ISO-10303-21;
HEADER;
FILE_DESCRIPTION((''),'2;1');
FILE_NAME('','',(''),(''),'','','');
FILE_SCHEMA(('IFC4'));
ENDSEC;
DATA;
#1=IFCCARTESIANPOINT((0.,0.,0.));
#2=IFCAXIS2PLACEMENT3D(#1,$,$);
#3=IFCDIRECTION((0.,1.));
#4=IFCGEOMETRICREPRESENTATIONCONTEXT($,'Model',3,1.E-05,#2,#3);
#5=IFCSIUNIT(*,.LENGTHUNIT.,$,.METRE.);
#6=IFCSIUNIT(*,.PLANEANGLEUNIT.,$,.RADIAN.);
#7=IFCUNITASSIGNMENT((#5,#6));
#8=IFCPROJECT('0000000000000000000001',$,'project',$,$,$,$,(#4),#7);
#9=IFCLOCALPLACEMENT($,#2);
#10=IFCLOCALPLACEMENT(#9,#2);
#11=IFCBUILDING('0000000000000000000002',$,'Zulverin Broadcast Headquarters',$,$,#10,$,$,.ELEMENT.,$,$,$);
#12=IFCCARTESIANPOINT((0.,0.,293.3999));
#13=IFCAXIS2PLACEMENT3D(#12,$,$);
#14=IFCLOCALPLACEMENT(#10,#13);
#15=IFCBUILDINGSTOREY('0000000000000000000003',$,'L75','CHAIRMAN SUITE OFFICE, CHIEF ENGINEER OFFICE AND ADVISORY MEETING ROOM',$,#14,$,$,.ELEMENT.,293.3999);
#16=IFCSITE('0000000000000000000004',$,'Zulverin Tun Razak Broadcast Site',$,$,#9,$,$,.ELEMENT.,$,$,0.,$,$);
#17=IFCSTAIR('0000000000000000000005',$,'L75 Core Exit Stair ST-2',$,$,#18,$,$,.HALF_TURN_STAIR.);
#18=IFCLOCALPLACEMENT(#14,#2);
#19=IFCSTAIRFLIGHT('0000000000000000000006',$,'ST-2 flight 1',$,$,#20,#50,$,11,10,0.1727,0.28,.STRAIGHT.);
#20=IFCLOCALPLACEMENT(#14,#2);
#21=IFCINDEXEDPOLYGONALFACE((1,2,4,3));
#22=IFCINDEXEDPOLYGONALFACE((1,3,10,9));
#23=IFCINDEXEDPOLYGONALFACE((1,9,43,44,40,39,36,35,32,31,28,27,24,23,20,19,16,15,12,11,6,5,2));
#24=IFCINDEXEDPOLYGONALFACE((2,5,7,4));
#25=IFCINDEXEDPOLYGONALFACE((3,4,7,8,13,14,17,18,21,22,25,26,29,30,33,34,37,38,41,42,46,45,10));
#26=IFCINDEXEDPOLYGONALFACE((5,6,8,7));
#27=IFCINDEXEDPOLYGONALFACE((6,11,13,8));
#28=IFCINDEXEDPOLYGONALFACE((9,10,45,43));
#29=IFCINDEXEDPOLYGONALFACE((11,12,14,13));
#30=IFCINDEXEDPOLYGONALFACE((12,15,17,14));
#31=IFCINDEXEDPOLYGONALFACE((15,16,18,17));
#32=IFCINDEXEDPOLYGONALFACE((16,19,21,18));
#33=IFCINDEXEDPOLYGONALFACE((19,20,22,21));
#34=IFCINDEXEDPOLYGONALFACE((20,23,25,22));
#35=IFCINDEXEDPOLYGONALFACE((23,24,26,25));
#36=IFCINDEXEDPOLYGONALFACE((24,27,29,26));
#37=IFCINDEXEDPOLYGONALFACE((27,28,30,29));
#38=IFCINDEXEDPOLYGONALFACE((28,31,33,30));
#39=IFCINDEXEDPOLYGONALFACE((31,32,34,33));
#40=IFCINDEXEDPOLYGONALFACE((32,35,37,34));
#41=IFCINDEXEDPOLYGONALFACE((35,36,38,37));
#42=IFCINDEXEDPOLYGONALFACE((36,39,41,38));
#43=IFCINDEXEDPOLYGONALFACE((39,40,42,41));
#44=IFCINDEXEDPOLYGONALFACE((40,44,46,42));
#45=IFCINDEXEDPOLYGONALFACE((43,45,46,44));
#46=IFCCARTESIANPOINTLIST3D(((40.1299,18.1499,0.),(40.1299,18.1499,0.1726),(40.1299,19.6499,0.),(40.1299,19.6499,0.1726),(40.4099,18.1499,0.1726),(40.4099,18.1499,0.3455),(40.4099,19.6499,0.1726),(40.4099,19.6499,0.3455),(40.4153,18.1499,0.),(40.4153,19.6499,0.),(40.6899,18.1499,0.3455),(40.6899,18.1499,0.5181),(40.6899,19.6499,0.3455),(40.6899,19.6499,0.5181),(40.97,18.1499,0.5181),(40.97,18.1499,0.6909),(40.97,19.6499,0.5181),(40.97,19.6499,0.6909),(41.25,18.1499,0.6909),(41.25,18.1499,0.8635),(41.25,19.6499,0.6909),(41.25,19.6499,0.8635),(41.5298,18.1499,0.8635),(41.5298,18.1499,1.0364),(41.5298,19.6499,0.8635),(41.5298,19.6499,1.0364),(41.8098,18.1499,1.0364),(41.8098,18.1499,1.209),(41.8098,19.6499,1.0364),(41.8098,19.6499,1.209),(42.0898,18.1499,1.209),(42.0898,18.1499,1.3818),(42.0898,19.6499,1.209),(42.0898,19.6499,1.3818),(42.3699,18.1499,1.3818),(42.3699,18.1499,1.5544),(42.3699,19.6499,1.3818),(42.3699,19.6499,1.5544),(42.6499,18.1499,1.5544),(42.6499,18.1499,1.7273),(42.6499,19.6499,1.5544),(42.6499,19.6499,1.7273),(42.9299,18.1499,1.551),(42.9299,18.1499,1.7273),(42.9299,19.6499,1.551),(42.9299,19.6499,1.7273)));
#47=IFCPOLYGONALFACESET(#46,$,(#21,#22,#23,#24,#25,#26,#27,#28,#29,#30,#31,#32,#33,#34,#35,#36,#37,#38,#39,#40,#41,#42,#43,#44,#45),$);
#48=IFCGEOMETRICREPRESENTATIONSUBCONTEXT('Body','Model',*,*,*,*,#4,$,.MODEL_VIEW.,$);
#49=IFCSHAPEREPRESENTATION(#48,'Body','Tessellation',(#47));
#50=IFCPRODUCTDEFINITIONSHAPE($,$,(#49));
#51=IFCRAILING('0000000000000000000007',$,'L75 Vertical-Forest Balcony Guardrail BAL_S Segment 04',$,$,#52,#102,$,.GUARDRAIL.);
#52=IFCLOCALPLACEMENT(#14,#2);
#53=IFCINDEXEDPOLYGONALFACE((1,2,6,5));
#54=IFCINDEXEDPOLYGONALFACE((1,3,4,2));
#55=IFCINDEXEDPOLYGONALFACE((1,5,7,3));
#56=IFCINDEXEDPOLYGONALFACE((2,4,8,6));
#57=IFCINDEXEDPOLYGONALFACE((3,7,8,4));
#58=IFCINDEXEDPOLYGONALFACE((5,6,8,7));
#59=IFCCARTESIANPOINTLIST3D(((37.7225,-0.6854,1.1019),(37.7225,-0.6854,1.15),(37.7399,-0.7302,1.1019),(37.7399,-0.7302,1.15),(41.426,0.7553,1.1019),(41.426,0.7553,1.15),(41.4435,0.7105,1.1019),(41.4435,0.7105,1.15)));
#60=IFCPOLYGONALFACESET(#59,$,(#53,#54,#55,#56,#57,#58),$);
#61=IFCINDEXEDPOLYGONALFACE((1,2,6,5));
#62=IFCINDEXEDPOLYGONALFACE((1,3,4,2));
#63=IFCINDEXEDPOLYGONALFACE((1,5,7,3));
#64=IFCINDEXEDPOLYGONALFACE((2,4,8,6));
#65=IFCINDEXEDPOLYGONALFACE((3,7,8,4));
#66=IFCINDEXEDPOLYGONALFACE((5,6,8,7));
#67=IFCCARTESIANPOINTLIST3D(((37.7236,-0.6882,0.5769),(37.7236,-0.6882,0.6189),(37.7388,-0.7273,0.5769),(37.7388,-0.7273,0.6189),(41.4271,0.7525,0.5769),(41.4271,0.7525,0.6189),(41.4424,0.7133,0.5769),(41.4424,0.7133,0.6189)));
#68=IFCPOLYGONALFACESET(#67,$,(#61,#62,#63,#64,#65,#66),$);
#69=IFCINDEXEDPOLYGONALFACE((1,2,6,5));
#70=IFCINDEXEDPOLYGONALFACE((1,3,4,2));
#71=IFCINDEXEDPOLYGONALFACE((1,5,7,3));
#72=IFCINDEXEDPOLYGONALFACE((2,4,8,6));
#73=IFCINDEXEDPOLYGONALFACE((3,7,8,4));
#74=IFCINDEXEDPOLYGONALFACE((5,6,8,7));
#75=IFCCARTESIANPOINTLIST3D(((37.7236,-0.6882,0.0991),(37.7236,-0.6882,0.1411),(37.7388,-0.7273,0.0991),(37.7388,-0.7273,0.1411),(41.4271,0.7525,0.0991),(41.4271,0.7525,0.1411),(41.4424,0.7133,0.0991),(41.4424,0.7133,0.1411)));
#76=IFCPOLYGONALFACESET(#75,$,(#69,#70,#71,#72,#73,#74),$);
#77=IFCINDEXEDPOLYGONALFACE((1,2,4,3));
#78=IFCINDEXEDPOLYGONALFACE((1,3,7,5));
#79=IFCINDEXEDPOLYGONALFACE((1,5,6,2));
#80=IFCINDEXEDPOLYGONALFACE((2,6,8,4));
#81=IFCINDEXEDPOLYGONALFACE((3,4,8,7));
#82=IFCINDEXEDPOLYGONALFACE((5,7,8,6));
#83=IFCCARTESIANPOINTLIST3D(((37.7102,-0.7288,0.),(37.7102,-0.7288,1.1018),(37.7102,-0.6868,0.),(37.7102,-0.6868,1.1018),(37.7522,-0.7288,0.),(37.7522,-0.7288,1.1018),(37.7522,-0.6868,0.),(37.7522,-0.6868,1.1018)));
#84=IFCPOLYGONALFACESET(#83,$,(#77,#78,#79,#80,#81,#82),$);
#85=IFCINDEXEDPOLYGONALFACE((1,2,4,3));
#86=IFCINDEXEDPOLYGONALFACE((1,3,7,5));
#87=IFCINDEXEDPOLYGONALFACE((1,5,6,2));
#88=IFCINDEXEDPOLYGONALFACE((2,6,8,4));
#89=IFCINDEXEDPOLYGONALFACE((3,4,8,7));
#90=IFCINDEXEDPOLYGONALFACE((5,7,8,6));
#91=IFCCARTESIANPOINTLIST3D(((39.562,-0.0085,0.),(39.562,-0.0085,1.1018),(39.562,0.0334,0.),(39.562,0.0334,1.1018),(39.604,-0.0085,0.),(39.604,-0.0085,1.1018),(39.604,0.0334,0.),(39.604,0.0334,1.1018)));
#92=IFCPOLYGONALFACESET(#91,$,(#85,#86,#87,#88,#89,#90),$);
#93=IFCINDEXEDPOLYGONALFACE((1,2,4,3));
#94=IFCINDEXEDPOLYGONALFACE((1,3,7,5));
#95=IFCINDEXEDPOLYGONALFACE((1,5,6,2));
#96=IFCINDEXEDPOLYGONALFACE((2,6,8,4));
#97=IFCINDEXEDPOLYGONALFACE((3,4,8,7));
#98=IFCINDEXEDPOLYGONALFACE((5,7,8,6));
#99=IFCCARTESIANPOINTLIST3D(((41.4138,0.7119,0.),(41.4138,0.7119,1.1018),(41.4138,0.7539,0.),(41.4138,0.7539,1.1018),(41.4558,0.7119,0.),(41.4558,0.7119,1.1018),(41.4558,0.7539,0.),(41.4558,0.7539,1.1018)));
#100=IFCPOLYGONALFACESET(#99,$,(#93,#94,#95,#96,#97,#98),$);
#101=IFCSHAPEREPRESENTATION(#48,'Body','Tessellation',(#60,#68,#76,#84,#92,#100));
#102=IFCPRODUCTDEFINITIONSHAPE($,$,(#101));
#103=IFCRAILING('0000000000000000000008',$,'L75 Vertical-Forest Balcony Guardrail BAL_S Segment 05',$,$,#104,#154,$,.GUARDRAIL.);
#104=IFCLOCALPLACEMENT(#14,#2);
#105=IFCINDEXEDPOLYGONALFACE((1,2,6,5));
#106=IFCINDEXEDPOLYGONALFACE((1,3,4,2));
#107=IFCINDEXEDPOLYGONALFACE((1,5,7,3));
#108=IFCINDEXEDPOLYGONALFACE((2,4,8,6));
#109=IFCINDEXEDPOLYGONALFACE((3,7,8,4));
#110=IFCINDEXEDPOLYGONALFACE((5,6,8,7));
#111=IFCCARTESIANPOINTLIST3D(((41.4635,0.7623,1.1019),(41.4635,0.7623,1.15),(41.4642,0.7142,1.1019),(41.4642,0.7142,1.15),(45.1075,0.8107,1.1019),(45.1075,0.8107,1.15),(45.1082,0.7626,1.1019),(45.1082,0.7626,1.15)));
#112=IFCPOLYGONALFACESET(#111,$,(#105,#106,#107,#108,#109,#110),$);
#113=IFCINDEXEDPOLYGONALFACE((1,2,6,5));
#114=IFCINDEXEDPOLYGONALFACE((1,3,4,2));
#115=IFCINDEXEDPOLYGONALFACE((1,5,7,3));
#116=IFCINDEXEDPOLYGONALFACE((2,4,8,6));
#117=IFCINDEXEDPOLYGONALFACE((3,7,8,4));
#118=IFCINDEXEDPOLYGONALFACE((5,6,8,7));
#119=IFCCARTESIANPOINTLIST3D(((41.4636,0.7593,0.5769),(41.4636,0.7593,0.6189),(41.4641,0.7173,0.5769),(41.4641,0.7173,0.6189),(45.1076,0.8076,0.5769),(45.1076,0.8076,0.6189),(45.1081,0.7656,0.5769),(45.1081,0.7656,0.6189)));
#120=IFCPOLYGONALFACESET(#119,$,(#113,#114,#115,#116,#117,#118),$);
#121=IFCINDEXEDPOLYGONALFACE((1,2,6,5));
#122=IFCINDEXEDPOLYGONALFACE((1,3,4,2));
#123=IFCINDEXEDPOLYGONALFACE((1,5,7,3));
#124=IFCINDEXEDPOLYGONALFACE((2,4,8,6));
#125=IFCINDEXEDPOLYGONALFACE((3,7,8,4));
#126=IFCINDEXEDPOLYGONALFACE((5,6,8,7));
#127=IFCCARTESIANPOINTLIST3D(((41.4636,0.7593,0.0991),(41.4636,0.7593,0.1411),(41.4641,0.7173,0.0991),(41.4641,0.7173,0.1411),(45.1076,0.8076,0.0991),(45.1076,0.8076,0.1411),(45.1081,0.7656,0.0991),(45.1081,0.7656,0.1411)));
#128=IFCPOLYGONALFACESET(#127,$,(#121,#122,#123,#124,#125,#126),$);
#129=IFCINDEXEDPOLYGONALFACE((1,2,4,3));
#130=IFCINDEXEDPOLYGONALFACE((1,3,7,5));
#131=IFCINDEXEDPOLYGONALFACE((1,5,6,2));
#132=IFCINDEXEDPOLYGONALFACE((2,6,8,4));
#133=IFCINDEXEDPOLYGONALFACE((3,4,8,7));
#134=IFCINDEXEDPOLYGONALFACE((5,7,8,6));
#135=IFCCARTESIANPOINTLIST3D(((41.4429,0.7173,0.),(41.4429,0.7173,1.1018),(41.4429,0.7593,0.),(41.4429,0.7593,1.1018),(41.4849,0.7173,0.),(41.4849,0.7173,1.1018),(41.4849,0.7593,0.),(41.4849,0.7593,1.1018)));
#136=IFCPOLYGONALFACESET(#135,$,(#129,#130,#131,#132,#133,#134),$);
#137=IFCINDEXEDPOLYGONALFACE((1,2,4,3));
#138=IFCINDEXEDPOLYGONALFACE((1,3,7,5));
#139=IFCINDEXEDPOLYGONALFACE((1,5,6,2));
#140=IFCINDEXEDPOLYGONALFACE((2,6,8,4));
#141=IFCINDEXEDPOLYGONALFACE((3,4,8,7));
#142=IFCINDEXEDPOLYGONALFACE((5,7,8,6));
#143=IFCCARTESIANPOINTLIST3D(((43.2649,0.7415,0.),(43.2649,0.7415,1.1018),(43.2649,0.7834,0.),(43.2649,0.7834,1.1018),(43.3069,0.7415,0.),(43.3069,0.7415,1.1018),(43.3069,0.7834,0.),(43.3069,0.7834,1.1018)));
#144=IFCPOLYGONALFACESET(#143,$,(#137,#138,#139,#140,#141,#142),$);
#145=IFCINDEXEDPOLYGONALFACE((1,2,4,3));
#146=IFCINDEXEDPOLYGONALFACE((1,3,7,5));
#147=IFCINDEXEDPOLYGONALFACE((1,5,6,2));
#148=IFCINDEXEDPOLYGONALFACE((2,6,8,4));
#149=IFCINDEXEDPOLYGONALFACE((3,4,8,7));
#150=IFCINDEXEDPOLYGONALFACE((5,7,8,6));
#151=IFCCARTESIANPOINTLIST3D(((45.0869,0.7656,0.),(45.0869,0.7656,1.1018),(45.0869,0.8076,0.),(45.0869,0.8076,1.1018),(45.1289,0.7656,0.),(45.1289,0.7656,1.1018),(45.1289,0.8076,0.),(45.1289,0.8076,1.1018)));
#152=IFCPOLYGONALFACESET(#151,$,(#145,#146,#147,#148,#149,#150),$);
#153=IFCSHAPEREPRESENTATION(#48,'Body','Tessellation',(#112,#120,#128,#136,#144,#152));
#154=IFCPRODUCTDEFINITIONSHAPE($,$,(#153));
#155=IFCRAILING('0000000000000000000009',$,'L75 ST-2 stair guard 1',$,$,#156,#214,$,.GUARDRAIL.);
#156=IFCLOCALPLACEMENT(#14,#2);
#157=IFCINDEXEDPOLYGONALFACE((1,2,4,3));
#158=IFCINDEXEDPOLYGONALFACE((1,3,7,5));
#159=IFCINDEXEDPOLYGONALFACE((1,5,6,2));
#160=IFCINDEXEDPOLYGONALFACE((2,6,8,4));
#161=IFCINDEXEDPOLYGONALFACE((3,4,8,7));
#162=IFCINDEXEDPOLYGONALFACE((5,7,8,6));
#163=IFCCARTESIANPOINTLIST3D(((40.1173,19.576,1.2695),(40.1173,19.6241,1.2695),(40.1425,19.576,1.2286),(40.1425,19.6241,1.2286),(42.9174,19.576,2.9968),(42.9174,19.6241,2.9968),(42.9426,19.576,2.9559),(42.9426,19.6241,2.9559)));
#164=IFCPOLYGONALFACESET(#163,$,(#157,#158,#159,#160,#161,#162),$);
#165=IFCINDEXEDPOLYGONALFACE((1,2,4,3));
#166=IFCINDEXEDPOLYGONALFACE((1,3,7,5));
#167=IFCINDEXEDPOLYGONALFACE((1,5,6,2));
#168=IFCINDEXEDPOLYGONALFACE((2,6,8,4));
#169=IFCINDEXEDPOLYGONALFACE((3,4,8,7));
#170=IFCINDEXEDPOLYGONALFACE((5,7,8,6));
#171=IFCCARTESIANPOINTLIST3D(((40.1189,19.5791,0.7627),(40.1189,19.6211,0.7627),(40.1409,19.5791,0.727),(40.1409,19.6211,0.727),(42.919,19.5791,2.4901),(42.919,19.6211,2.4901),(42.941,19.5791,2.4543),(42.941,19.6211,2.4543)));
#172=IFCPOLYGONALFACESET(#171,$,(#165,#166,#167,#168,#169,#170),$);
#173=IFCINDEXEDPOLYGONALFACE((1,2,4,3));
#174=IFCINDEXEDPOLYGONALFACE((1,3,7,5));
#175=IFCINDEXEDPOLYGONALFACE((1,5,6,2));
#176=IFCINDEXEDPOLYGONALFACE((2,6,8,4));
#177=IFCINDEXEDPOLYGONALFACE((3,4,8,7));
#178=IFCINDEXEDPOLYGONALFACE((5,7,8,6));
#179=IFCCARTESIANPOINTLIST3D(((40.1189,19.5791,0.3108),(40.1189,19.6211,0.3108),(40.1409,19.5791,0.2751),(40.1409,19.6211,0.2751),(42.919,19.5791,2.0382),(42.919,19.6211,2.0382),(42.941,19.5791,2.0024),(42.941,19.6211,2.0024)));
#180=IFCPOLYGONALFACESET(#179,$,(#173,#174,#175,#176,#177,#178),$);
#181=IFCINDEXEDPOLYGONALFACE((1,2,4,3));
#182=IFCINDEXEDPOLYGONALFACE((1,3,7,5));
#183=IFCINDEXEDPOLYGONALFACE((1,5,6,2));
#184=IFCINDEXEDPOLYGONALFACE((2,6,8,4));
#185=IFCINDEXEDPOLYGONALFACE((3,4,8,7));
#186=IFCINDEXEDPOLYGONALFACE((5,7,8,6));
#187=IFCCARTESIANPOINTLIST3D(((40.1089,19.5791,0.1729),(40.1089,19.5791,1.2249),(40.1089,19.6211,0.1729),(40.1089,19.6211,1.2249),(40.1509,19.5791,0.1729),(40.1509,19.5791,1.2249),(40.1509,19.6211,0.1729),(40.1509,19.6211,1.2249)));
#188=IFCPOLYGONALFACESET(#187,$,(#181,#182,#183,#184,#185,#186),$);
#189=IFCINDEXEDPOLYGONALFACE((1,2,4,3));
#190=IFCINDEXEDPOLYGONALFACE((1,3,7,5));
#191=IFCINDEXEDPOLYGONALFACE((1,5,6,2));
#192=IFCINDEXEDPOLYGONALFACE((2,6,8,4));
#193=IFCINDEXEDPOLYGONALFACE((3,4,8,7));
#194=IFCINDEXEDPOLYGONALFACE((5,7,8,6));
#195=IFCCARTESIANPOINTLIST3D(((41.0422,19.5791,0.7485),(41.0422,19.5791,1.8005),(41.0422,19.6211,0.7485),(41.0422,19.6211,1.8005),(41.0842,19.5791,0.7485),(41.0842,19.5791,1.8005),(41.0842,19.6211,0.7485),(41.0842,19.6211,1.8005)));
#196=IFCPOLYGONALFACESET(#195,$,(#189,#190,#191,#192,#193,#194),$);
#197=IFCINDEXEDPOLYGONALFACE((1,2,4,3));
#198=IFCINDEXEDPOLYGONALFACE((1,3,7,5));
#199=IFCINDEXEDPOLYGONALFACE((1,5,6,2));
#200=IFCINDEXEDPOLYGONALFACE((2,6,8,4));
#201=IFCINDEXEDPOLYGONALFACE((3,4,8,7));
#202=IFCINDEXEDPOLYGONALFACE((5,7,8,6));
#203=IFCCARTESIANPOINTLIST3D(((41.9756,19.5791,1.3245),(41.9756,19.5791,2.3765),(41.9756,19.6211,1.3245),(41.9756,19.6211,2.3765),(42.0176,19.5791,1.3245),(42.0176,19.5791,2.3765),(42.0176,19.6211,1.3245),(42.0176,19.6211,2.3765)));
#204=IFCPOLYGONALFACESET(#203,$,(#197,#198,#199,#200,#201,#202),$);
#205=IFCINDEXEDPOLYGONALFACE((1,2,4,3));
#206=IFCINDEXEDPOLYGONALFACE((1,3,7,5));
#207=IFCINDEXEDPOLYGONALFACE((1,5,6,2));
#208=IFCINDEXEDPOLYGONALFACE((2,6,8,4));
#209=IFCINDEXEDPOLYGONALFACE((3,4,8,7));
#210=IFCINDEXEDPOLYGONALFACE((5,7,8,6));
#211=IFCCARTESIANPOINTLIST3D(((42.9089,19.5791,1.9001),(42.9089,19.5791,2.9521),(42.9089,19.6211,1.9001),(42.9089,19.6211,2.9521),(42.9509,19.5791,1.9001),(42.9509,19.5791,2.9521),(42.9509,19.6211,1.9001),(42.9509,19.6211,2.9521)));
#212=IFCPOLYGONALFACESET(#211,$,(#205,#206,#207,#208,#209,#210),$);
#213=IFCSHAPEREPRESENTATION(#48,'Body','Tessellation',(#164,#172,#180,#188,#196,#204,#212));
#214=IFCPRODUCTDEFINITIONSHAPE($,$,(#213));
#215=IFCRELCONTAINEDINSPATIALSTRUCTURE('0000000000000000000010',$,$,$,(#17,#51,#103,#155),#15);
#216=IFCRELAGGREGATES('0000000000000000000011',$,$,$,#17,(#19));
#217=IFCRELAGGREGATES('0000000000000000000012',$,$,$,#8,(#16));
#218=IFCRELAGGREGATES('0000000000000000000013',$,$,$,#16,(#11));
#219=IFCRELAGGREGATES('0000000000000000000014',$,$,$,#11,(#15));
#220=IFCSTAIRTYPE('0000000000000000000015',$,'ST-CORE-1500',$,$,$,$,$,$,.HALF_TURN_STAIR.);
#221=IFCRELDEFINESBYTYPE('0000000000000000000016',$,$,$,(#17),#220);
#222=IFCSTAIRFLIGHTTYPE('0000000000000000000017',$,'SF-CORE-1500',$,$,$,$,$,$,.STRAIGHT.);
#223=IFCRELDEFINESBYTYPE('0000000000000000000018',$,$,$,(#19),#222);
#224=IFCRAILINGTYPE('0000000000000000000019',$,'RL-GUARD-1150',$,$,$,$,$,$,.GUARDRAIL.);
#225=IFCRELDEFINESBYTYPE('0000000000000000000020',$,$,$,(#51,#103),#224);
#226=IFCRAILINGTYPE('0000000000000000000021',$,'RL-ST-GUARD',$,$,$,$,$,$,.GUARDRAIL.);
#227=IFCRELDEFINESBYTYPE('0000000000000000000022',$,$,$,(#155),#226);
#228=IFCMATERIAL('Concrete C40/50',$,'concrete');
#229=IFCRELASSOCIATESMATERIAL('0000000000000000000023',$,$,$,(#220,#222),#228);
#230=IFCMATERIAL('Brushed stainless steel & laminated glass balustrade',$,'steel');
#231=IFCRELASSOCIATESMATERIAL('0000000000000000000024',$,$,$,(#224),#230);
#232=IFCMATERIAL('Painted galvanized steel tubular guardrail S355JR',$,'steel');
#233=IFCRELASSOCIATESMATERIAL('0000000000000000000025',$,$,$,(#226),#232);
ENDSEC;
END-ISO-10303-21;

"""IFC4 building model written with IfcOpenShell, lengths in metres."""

from ifc_helpers import new_model, si_unit, direction, frame, origin, origin_2d, place, context, subcontext, project, spatial, polyline, rectangle, outline, extrude, material, type_object, element, aggregate, save


model = new_model("IFC4")

# Units and contexts
model_context = context("Model", 3, precision=1e-05, world=origin(), true_north=direction((0.0, 1.0)))
body_context = subcontext(model_context, "Body", "Model", "MODEL_VIEW")
ifc_project = project(units=[si_unit("LENGTHUNIT", "METRE"), si_unit("PLANEANGLEUNIT", "RADIAN")], contexts=[model_context])

# Site, building, storey
site_placement = place(None, origin())
site = spatial("IfcSite", under=ifc_project, at=site_placement, Name="Zulverin Tun Razak Broadcast Site", CompositionType="ELEMENT", RefElevation=0.0)
building_placement = place(site_placement, origin())
building = spatial("IfcBuilding", under=site, at=building_placement, Name="Zulverin Broadcast Headquarters", CompositionType="ELEMENT")
storey_placement = place(building_placement, frame((0.0, 0.0, 293.3999)))
storey = spatial("IfcBuildingStorey", under=building, at=storey_placement, Name="L75", Description="CHAIRMAN SUITE OFFICE, CHIEF ENGINEER OFFICE AND ADVISORY MEETING ROOM", CompositionType="ELEMENT", Elevation=293.3999)

# Shared definitions
ifc_material_1 = material(Name="Concrete C40/50", Category="concrete")

# Stair, stair flight
stair_type = type_object("IfcStairType", Name="ST-CORE-1500", PredefinedType="HALF_TURN_STAIR", material=ifc_material_1)
stair_placement = place(storey_placement, origin())
stair = element("IfcStair", 1, at=stair_placement, inside=storey, type_object=stair_type, Name="L75 Core Exit Stair ST-2", PredefinedType="HALF_TURN_STAIR")
stair_flight_type = type_object("IfcStairFlightType", Name="SF-CORE-1500", PredefinedType="STRAIGHT", material=ifc_material_1)
stair_flight_placement = place(storey_placement, frame((40.1299, 18.8999, 0.0), z_axis=(0.0, 0.0, 1.0), x_axis=(1.0, 0.0, 0.0)))
stair_flight = element("IfcStairFlight", 2, at=stair_flight_placement, type_object=stair_flight_type, Name="ST-2 flight 1", NumberOfRisers=11, NumberOfTreads=10, PredefinedType="STRAIGHT", RiserHeight=0.1727, TreadLength=0.28, context=body_context, shape_type="SweptSolid", body=[
    extrude(outline(polyline([(0.0, 0.0), (0.0, 0.1726), (0.28, 0.1726), (0.28, 0.3455), (0.5601, 0.3455), (0.5601, 0.5181), (0.8401, 0.5181), (0.8401, 0.6909), (1.1201, 0.6909), (1.1201, 0.8635), (1.3999, 0.8635), (1.3999, 1.0364), (1.6799, 1.0364), (1.6799, 1.209), (1.96, 1.209), (1.96, 1.3818), (2.24, 1.3818), (2.24, 1.5544), (2.52, 1.5544), (2.52, 1.7273), (2.8, 1.7273), (2.8, 1.8999), (2.8, 1.551), (0.2854, 0.0), (0.0, 0.0)])), frame((0.0, 0.75, 0.0), z_axis=(0.0, -1.0, 0.0), x_axis=(1.0, 0.0, 0.0)), (0.0, 0.0, 1.0), 1.5),
])
aggregate(stair, [stair_flight])

# Railings
ifc_material_2 = material(Name="Brushed stainless steel & laminated glass balustrade", Category="steel")
railing_type_1 = type_object("IfcRailingType", Name="RL-GUARD-1150", PredefinedType="GUARDRAIL", material=ifc_material_2)
railing_1_placement = place(storey_placement, frame((37.7312, -0.7078, 0.0)))
element("IfcRailing", 3, at=railing_1_placement, inside=storey, type_object=railing_type_1, Name="L75 Vertical-Forest Balcony Guardrail BAL_S Segment 04", PredefinedType="GUARDRAIL", context=body_context, shape_type="SweptSolid", body=[
    extrude(rectangle(XDim=0.0481, YDim=0.0481, at=origin_2d()), frame((0.0, 0.0, 1.126), z_axis=(0.931972, 0.362529, 0.0), x_axis=(-0.362529, 0.931972, 0.0)), (0.0, 0.0, 1.0), 3.9739),
    extrude(rectangle(XDim=0.042, YDim=0.042, at=origin_2d()), frame((0.0, 0.0, 0.5979), z_axis=(0.931972, 0.362529, 0.0), x_axis=(-0.362529, 0.931972, 0.0)), (0.0, 0.0, 1.0), 3.9739),
    extrude(rectangle(XDim=0.042, YDim=0.042, at=origin_2d()), frame((0.0, 0.0, 0.1201), z_axis=(0.931972, 0.362529, 0.0), x_axis=(-0.362529, 0.931972, 0.0)), (0.0, 0.0, 1.0), 3.9739),
    extrude(rectangle(XDim=0.042, YDim=0.042, at=origin_2d()), origin(), (0.0, 0.0, 1.0), 1.1018),
    extrude(rectangle(XDim=0.042, YDim=0.042, at=origin_2d()), frame((1.8518, 0.7202, 0.0)), (0.0, 0.0, 1.0), 1.1018),
    extrude(rectangle(XDim=0.042, YDim=0.042, at=origin_2d()), frame((3.7036, 1.4407, 0.0)), (0.0, 0.0, 1.0), 1.1018),
])
railing_2_placement = place(storey_placement, frame((41.4639, 0.7383, 0.0)))
element("IfcRailing", 4, at=railing_2_placement, inside=storey, type_object=railing_type_1, Name="L75 Vertical-Forest Balcony Guardrail BAL_S Segment 05", PredefinedType="GUARDRAIL", context=body_context, shape_type="SweptSolid", body=[
    extrude(rectangle(XDim=0.0481, YDim=0.0481, at=origin_2d()), frame((0.0, 0.0, 1.126), z_axis=(0.999912, 0.013264, 0.0), x_axis=(-0.013264, 0.999912, 0.0)), (0.0, 0.0, 1.0), 3.6443),
    extrude(rectangle(XDim=0.042, YDim=0.042, at=origin_2d()), frame((0.0, 0.0, 0.5979), z_axis=(0.999912, 0.013264, 0.0), x_axis=(-0.013264, 0.999912, 0.0)), (0.0, 0.0, 1.0), 3.6443),
    extrude(rectangle(XDim=0.042, YDim=0.042, at=origin_2d()), frame((0.0, 0.0, 0.1201), z_axis=(0.999912, 0.013264, 0.0), x_axis=(-0.013264, 0.999912, 0.0)), (0.0, 0.0, 1.0), 3.6443),
    extrude(rectangle(XDim=0.042, YDim=0.042, at=origin_2d()), origin(), (0.0, 0.0, 1.0), 1.1018),
    extrude(rectangle(XDim=0.042, YDim=0.042, at=origin_2d()), frame((1.822, 0.0242, 0.0)), (0.0, 0.0, 1.0), 1.1018),
    extrude(rectangle(XDim=0.042, YDim=0.042, at=origin_2d()), frame((3.644, 0.0483, 0.0)), (0.0, 0.0, 1.0), 1.1018),
])
ifc_material_3 = material(Name="Painted galvanized steel tubular guardrail S355JR", Category="steel")
railing_type_2 = type_object("IfcRailingType", Name="RL-ST-GUARD", PredefinedType="GUARDRAIL", material=ifc_material_3)
railing_3_placement = place(storey_placement, frame((40.1299, 19.6001, 0.1729)))
element("IfcRailing", 5, at=railing_3_placement, inside=storey, type_object=railing_type_2, Name="L75 ST-2 stair guard 1", PredefinedType="GUARDRAIL", context=body_context, shape_type="SweptSolid", body=[
    extrude(rectangle(XDim=0.0481, YDim=0.0481, at=origin_2d()), frame((0.0, 0.0, 1.0762), z_axis=(0.85109, 0.0, 0.52502), x_axis=(0.0, 1.0, 0.0)), (0.0, 0.0, 1.0), 3.29),
    extrude(rectangle(XDim=0.042, YDim=0.042, at=origin_2d()), frame((0.0, 0.0, 0.572), z_axis=(0.85109, 0.0, 0.52502), x_axis=(0.0, 1.0, 0.0)), (0.0, 0.0, 1.0), 3.29),
    extrude(rectangle(XDim=0.042, YDim=0.042, at=origin_2d()), frame((0.0, 0.0, 0.1201), z_axis=(0.85109, 0.0, 0.52502), x_axis=(0.0, 1.0, 0.0)), (0.0, 0.0, 1.0), 3.29),
    extrude(rectangle(XDim=0.042, YDim=0.042, at=origin_2d()), origin(), (0.0, 0.0, 1.0), 1.052),
    extrude(rectangle(XDim=0.042, YDim=0.042, at=origin_2d()), frame((0.9333, 0.0, 0.5757)), (0.0, 0.0, 1.0), 1.052),
    extrude(rectangle(XDim=0.042, YDim=0.042, at=origin_2d()), frame((1.8667, 0.0, 1.1516)), (0.0, 0.0, 1.0), 1.052),
    extrude(rectangle(XDim=0.042, YDim=0.042, at=origin_2d()), frame((2.8, 0.0, 1.7273)), (0.0, 0.0, 1.0), 1.052),
])

save(model, "model.ifc")
